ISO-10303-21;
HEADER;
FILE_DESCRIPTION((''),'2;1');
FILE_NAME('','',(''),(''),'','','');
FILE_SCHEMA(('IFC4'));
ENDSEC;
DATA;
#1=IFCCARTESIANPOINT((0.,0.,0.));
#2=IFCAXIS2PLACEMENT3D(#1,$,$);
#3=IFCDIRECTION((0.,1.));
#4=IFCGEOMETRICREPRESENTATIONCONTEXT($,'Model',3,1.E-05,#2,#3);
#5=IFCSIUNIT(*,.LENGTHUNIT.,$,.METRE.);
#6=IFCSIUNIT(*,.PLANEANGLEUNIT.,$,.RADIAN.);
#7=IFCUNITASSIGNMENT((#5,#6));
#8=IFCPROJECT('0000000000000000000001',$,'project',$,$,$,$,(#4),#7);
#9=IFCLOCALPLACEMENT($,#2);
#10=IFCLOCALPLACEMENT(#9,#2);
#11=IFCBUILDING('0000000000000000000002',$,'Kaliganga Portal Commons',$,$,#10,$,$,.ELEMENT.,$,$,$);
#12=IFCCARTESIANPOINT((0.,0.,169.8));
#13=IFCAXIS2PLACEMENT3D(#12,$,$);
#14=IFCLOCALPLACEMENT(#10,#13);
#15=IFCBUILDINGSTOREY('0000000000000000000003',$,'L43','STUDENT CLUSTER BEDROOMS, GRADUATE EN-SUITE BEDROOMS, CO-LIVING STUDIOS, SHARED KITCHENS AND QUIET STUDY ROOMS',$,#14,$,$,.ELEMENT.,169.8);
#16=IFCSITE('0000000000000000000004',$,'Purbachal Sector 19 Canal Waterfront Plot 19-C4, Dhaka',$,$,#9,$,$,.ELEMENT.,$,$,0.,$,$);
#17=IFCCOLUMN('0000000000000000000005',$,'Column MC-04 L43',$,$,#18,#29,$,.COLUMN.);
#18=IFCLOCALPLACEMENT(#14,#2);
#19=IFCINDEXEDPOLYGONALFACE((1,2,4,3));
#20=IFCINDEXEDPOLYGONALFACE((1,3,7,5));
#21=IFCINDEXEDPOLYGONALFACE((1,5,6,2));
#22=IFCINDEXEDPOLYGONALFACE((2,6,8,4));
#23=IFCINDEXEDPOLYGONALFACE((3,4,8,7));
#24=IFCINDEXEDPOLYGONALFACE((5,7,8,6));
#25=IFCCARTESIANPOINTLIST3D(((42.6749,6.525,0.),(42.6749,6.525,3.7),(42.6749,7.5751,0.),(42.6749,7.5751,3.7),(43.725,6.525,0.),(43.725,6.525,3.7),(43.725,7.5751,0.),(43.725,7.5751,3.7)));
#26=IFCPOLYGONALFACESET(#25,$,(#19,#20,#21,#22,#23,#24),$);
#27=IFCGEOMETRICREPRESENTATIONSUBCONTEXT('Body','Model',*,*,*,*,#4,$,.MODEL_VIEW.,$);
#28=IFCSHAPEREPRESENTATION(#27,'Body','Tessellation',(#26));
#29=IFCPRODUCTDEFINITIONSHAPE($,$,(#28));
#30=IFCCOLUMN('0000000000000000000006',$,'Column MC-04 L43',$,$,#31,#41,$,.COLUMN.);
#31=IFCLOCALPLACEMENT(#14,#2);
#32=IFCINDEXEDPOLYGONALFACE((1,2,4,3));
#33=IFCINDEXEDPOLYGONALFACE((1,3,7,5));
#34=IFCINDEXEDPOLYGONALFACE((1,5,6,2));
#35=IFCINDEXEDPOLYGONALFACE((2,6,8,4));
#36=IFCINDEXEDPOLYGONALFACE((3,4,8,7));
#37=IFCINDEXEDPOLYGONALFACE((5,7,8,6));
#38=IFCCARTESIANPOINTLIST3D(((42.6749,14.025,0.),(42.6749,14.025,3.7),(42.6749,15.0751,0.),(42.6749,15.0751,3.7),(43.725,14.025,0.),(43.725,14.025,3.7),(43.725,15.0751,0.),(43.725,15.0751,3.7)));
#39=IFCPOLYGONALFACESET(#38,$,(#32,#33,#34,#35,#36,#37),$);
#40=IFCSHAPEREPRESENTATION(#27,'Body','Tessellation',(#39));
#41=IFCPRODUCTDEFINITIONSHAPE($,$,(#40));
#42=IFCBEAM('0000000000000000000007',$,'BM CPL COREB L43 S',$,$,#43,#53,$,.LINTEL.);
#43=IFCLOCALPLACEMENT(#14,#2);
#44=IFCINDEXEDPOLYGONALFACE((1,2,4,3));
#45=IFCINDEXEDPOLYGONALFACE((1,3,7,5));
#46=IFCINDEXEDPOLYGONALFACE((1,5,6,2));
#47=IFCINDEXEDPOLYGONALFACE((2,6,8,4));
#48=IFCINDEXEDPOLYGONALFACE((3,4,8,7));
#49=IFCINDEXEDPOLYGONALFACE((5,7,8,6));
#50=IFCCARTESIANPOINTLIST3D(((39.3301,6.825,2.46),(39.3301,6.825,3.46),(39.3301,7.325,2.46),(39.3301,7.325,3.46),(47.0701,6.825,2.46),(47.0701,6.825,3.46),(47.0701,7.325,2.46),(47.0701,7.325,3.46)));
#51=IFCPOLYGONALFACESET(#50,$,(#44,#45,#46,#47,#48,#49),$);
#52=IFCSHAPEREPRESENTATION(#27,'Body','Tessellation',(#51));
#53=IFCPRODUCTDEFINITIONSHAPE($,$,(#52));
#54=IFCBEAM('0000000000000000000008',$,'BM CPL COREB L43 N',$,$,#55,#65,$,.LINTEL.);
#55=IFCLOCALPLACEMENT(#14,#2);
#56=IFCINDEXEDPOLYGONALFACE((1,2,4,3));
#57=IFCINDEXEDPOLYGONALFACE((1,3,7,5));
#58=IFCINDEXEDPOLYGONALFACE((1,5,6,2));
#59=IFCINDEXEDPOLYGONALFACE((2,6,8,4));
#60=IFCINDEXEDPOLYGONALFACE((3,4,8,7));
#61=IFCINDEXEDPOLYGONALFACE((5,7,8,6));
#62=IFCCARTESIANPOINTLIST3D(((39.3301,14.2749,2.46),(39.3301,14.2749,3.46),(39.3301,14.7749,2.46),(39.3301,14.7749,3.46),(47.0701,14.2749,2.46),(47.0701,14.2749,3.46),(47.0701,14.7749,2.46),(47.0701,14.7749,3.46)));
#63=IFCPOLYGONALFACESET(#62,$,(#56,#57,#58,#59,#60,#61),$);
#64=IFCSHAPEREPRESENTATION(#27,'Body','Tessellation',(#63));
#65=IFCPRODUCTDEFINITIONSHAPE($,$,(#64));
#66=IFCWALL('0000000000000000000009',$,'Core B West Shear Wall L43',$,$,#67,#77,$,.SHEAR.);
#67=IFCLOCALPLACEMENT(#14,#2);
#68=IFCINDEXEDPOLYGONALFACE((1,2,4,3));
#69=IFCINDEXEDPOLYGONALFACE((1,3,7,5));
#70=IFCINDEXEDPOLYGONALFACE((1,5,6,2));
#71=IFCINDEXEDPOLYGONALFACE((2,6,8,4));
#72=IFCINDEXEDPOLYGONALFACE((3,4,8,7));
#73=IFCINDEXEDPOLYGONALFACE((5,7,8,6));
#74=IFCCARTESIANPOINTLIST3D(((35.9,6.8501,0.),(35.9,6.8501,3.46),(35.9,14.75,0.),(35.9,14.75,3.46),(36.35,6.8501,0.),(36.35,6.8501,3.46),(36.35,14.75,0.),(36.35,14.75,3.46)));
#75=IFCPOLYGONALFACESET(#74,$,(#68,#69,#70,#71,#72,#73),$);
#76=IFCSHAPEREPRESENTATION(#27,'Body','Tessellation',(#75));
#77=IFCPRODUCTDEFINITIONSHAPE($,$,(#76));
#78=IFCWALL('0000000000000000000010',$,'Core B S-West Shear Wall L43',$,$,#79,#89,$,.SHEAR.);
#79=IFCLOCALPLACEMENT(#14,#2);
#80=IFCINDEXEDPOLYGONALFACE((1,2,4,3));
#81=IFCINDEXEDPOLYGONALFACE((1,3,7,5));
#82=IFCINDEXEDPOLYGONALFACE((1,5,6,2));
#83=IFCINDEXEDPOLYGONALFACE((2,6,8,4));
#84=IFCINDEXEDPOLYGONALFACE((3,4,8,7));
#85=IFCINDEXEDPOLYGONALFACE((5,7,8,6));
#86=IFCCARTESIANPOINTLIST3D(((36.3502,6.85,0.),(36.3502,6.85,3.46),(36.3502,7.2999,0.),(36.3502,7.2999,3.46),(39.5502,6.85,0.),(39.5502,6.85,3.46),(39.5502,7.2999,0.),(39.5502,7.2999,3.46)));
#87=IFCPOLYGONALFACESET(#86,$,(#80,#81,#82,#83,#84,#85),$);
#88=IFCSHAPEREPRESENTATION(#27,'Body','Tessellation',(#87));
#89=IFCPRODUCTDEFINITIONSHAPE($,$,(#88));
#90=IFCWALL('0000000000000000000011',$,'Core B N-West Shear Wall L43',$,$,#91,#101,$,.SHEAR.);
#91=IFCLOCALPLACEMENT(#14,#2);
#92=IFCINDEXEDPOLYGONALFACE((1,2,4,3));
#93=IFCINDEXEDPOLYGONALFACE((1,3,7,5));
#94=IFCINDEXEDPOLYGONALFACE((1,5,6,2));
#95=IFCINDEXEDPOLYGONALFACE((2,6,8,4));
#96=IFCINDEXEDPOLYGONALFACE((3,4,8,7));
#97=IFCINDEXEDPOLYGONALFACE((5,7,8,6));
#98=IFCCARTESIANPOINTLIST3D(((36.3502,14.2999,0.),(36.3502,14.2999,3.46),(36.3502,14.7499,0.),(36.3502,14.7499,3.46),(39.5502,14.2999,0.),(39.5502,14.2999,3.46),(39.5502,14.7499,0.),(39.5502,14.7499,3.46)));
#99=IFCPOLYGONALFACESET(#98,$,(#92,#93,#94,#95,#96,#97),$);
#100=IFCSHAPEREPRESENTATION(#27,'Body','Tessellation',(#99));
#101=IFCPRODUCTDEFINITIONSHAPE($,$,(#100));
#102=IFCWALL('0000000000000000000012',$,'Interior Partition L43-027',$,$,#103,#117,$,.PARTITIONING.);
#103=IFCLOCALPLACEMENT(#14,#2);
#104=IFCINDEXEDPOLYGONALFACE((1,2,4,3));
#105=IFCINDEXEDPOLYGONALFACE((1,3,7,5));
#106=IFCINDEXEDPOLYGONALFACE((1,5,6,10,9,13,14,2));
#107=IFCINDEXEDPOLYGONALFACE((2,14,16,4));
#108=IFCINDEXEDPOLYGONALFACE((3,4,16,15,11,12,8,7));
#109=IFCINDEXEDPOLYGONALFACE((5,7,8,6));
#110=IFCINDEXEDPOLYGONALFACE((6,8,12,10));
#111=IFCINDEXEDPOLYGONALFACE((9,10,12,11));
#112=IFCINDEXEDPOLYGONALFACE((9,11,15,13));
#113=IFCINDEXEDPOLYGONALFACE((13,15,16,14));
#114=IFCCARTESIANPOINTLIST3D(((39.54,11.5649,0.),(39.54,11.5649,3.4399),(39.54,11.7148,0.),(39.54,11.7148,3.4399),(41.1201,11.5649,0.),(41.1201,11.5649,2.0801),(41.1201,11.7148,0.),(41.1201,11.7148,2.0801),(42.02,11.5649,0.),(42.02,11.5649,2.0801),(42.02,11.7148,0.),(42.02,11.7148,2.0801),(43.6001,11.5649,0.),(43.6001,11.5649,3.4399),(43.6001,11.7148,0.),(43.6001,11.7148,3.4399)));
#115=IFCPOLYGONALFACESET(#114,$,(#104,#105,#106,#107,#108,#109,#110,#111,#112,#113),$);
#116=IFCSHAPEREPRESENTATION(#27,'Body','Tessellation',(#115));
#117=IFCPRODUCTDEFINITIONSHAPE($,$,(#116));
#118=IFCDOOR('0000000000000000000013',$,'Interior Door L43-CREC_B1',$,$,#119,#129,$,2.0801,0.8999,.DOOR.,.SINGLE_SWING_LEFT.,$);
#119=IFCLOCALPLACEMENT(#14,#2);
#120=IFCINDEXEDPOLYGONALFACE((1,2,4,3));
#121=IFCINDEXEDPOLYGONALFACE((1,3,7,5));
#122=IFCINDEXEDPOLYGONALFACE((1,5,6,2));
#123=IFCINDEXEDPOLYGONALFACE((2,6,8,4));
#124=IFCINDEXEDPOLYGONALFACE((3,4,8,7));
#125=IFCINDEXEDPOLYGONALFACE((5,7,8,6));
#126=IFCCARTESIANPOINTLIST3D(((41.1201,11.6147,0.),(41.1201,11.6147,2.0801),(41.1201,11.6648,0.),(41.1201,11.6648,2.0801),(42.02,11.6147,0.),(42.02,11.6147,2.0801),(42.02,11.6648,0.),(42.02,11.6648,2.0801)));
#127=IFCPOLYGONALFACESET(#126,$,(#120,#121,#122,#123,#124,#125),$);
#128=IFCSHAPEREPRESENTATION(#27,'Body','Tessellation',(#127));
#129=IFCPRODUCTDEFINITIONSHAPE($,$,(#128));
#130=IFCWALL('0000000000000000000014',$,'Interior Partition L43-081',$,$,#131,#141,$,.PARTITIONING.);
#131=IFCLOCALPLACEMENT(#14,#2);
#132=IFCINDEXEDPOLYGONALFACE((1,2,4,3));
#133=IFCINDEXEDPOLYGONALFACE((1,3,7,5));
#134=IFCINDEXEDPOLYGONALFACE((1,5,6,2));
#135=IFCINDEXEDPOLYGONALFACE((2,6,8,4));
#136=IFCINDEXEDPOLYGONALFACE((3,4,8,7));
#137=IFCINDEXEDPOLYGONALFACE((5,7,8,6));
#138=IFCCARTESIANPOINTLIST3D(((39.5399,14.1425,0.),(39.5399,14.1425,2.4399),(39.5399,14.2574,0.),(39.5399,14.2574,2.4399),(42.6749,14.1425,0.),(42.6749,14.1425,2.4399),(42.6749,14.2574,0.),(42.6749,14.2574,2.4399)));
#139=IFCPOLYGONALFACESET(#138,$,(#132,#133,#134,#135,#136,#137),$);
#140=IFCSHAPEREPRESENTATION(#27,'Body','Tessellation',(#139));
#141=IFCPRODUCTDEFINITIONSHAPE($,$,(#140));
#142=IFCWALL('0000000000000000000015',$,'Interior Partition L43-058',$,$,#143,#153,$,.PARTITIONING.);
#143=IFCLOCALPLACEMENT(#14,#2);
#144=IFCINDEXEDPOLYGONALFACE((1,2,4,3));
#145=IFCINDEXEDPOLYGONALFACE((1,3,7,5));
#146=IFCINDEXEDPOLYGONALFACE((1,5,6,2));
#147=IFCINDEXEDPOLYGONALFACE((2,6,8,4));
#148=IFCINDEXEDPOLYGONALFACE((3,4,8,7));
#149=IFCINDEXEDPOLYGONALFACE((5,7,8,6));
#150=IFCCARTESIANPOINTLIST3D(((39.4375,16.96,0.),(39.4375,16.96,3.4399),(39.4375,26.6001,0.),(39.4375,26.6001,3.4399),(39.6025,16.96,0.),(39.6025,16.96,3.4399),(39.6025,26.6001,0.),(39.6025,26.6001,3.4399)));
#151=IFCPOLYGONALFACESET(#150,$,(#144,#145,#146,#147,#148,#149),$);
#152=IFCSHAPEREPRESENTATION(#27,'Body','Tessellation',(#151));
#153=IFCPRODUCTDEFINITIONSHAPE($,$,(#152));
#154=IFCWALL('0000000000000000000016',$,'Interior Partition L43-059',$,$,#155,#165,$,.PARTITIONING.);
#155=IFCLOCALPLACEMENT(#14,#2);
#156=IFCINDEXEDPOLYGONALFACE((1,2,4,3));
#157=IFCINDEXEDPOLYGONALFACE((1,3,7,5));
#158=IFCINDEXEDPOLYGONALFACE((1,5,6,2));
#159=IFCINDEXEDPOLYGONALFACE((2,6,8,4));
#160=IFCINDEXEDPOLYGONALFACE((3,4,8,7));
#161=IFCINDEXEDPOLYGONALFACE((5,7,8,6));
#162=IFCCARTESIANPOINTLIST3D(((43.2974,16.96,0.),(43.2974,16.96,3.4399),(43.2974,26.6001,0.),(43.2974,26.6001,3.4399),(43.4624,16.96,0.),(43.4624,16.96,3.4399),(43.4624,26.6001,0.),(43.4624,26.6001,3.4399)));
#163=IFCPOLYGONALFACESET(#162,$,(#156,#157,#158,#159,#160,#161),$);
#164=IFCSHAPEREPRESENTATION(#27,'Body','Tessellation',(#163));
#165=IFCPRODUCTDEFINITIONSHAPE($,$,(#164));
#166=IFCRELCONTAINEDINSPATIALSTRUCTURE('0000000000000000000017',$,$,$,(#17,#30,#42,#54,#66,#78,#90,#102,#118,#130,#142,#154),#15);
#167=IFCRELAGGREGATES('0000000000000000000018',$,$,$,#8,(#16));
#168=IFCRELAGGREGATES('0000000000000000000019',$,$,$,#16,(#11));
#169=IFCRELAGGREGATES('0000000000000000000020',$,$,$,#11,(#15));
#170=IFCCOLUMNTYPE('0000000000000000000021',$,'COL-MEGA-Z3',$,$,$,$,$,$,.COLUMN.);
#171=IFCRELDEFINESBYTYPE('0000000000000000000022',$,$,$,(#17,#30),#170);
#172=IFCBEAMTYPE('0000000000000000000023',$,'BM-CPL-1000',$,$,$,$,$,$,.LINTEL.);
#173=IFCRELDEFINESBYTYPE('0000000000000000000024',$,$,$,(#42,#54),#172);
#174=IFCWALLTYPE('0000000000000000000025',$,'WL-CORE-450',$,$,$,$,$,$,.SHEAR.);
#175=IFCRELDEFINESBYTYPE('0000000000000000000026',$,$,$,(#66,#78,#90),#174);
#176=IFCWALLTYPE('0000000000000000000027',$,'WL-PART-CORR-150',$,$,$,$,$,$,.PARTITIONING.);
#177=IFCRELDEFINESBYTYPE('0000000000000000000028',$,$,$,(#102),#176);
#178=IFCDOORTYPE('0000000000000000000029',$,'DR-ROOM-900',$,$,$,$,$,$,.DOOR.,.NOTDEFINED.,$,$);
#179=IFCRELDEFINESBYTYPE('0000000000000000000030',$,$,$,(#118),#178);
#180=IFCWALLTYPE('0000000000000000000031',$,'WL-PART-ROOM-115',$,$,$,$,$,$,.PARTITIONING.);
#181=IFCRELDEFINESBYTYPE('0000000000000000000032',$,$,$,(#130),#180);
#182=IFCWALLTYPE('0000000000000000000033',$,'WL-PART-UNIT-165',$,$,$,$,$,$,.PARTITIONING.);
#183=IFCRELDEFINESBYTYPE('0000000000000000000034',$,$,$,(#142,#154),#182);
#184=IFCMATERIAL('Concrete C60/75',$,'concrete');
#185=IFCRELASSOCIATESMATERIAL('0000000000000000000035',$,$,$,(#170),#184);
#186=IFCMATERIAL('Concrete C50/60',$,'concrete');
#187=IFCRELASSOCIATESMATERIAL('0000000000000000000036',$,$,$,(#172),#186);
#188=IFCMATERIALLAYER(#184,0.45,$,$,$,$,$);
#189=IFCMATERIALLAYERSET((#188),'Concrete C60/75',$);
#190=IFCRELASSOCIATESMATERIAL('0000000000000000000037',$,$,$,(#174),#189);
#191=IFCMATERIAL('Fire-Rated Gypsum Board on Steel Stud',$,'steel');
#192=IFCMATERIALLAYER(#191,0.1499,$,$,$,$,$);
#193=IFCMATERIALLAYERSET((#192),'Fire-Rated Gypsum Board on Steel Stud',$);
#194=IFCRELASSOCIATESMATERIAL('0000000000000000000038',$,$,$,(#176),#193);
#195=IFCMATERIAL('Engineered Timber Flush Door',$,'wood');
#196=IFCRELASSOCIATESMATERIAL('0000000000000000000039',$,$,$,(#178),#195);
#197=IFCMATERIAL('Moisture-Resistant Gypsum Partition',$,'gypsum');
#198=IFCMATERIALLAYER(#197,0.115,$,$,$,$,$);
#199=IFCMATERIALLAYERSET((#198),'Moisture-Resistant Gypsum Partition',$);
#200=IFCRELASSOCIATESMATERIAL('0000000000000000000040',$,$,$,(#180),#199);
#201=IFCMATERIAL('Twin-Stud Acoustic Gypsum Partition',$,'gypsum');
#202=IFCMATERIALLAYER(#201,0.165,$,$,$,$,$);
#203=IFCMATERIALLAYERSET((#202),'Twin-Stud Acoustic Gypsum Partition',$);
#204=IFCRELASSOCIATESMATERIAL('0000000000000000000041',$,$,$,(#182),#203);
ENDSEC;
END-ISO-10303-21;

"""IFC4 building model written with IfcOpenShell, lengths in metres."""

from ifc_helpers import new_model, si_unit, direction, frame, frame_2d, origin, origin_2d, place, context, subcontext, project, spatial, rectangle, extrude, source, transform, mapped, material, layer, layer_set, material_profile, profile_set, type_object, element, fill, save


model = new_model("IFC4")

# Units and contexts
model_context = context("Model", 3, precision=1e-05, world=origin(), true_north=direction((0.0, 1.0)))
body_context = subcontext(model_context, "Body", "Model", "MODEL_VIEW")
ifc_project = project(units=[si_unit("LENGTHUNIT", "METRE"), si_unit("PLANEANGLEUNIT", "RADIAN")], contexts=[model_context])

# Site, building, storey
site_placement = place(None, origin())
site = spatial("IfcSite", under=ifc_project, at=site_placement, Name="Purbachal Sector 19 Canal Waterfront Plot 19-C4, Dhaka", CompositionType="ELEMENT", RefElevation=0.0)
building_placement = place(site_placement, origin())
building = spatial("IfcBuilding", under=site, at=building_placement, Name="Kaliganga Portal Commons", CompositionType="ELEMENT")
storey_placement = place(building_placement, frame((0.0, 0.0, 169.8)))
storey = spatial("IfcBuildingStorey", under=building, at=storey_placement, Name="L43", Description="STUDENT CLUSTER BEDROOMS, GRADUATE EN-SUITE BEDROOMS, CO-LIVING STUDIOS, SHARED KITCHENS AND QUIET STUDY ROOMS", CompositionType="ELEMENT", Elevation=169.8)

# Columns
ifc_material_1 = material(Name="Concrete C60/75", Category="concrete")
ifc_material_profile_1 = material_profile(ifc_material_1, rectangle(XDim=1.05, YDim=1.05, at=origin_2d()), Name="RC 1050x1050")
ifc_profile_set_1 = profile_set([ifc_material_profile_1], Name="Concrete C60/75")
column_type = type_object("IfcColumnType", Name="COL-MEGA-Z3", PredefinedType="COLUMN", material=ifc_profile_set_1)
shared_shape_1 = source(origin(), body_context, "Body", "SweptSolid", [
    extrude(rectangle(XDim=1.05, YDim=1.05, at=origin_2d()), origin(), (0.0, 0.0, 1.0), 3.7),
])
for number, where, z_axis, x_axis, name in (
    (1, (43.2, 7.05, 0.0), (0.0, 0.0, 1.0), (1.0, 0.0, 0.0), "Column MC-04 L43"),
    (2, (43.2, 14.55, 0.0), (0.0, 0.0, 1.0), (1.0, 0.0, 0.0), "Column MC-04 L43"),
):
    element("IfcColumn", number, at=place(storey_placement, frame(where, z_axis=z_axis, x_axis=x_axis)), inside=storey, type_object=column_type, Name=name, PredefinedType="COLUMN", context=body_context, shape_type="MappedRepresentation", body=[
        mapped(shared_shape_1, transform((0.0, 0.0, 0.0), x_axis=(1.0, 0.0, 0.0), y_axis=(0.0, 1.0, 0.0), z_axis=(0.0, 0.0, 1.0), scale=1.0)),
    ])

# Beams
ifc_material_2 = material(Name="Concrete C50/60", Category="concrete")
ifc_material_profile_2 = material_profile(ifc_material_2, rectangle(XDim=0.5, YDim=1.0, at=origin_2d()), Name="RC 500x1000")
ifc_profile_set_2 = profile_set([ifc_material_profile_2], Name="Concrete C50/60")
beam_type = type_object("IfcBeamType", Name="BM-CPL-1000", PredefinedType="LINTEL", material=ifc_profile_set_2)
shared_shape_2 = source(origin(), body_context, "Body", "SweptSolid", [
    extrude(rectangle(XDim=0.5, YDim=1.0, at=origin_2d()), origin(), (0.0, 0.0, 1.0), 7.74),
])
for number, where, z_axis, x_axis, name in (
    (3, (39.3301, 7.075, 2.96), (1.0, 0.0, 0.0), (0.0, 1.0, 0.0), "BM CPL COREB L43 S"),
    (4, (39.3301, 14.5249, 2.96), (1.0, 0.0, 0.0), (0.0, 1.0, 0.0), "BM CPL COREB L43 N"),
):
    element("IfcBeam", number, at=place(storey_placement, frame(where, z_axis=z_axis, x_axis=x_axis)), inside=storey, type_object=beam_type, Name=name, PredefinedType="LINTEL", context=body_context, shape_type="MappedRepresentation", body=[
        mapped(shared_shape_2, transform((0.0, 0.0, 0.0), x_axis=(1.0, 0.0, 0.0), y_axis=(0.0, 1.0, 0.0), z_axis=(0.0, 0.0, 1.0), scale=1.0)),
    ])

# Walls
ifc_layer_1 = layer(ifc_material_1, 0.45)
ifc_layer_set_1 = layer_set([ifc_layer_1], Name="Concrete C60/75")
wall_type_1 = type_object("IfcWallType", Name="WL-CORE-450", PredefinedType="SHEAR", material=ifc_layer_set_1)
wall_1_placement = place(storey_placement, frame((36.125, 6.8501, 0.0), z_axis=(0.0, 0.0, 1.0), x_axis=(0.0, 1.0, 0.0)))
element("IfcWall", 5, at=wall_1_placement, inside=storey, type_object=wall_type_1, Name="Core B West Shear Wall L43", PredefinedType="SHEAR", context=body_context, shape_type="SweptSolid", body=[
    extrude(rectangle(XDim=7.8999, YDim=0.45, at=frame_2d((3.95, 0.0))), origin(), (0.0, 0.0, 1.0), 3.46),
])
for number, where, z_axis, x_axis, name in (
    (6, (36.3501, 7.075, 0.0), (0.0, 0.0, 1.0), (1.0, 0.0, 0.0), "Core B S-West Shear Wall L43"),
    (7, (36.3501, 14.5249, 0.0), (0.0, 0.0, 1.0), (1.0, 0.0, 0.0), "Core B N-West Shear Wall L43"),
):
    element("IfcWall", number, at=place(storey_placement, frame(where, z_axis=z_axis, x_axis=x_axis)), inside=storey, type_object=wall_type_1, Name=name, PredefinedType="SHEAR", context=body_context, shape_type="SweptSolid", body=[
        extrude(rectangle(XDim=3.2, YDim=0.45, at=frame_2d((1.6001, 0.0))), origin(), (0.0, 0.0, 1.0), 3.46),
    ])

# Wall, opening, door
ifc_material_3 = material(Name="Fire-Rated Gypsum Board on Steel Stud", Category="steel")
ifc_layer_2 = layer(ifc_material_3, 0.1499)
ifc_layer_set_2 = layer_set([ifc_layer_2], Name="Fire-Rated Gypsum Board on Steel Stud")
wall_type_2 = type_object("IfcWallType", Name="WL-PART-CORR-150", PredefinedType="PARTITIONING", material=ifc_layer_set_2)
wall_2_placement = place(storey_placement, frame((39.54, 11.6399, 0.0), z_axis=(0.0, 0.0, 1.0), x_axis=(1.0, 0.0, 0.0)))
wall_2 = element("IfcWall", 8, at=wall_2_placement, inside=storey, type_object=wall_type_2, Name="Interior Partition L43-027", PredefinedType="PARTITIONING", context=body_context, shape_type="SweptSolid", body=[
    extrude(rectangle(XDim=4.0601, YDim=0.1499, at=frame_2d((2.03, 0.0))), origin(), (0.0, 0.0, 1.0), 3.4399),
])
opening_1_placement = place(wall_2_placement, frame((1.5801, 0.0, 0.0)))
opening_1 = element("IfcOpeningElement", 9, at=opening_1_placement, cuts=wall_2, PredefinedType="OPENING", context=body_context, shape_type="SweptSolid", body=[
    extrude(rectangle(XDim=0.8999, YDim=2.0801, at=frame_2d((0.45, 1.04))), frame((0.0, 0.085, 0.0), z_axis=(0.0, -1.0, 0.0), x_axis=(1.0, 0.0, 0.0)), (0.0, 0.0, 1.0), 0.1699),
])
ifc_material_4 = material(Name="Engineered Timber Flush Door", Category="wood")
door_type_1 = type_object("IfcDoorType", Name="DR-ROOM-900", OperationType="NOTDEFINED", PredefinedType="DOOR", material=ifc_material_4)
door_1_placement = place(opening_1_placement, origin())
door_1 = element("IfcDoor", 10, at=door_1_placement, inside=storey, type_object=door_type_1, Name="Interior Door L43-CREC_B1", OperationType="SINGLE_SWING_LEFT", OverallHeight=2.0801, OverallWidth=0.8999, PredefinedType="DOOR", context=body_context, shape_type="SweptSolid", body=[
    extrude(rectangle(XDim=0.8999, YDim=2.0801, at=frame_2d((0.45, 1.04))), frame((0.0, 0.0249, 0.0), z_axis=(0.0, -1.0, 0.0), x_axis=(1.0, 0.0, 0.0)), (0.0, 0.0, 1.0), 0.05),
])
fill(opening_1, door_1)

# Walls
ifc_material_5 = material(Name="Moisture-Resistant Gypsum Partition", Category="gypsum")
ifc_layer_3 = layer(ifc_material_5, 0.115)
ifc_layer_set_3 = layer_set([ifc_layer_3], Name="Moisture-Resistant Gypsum Partition")
wall_type_3 = type_object("IfcWallType", Name="WL-PART-ROOM-115", PredefinedType="PARTITIONING", material=ifc_layer_set_3)
wall_3_placement = place(storey_placement, frame((39.54, 14.2, 0.0), z_axis=(0.0, 0.0, 1.0), x_axis=(1.0, 0.0, 0.0)))
element("IfcWall", 11, at=wall_3_placement, inside=storey, type_object=wall_type_3, Name="Interior Partition L43-081", PredefinedType="PARTITIONING", context=body_context, shape_type="SweptSolid", body=[
    extrude(rectangle(XDim=3.135, YDim=0.115, at=frame_2d((1.5674, 0.0))), origin(), (0.0, 0.0, 1.0), 2.4399),
])
ifc_material_6 = material(Name="Twin-Stud Acoustic Gypsum Partition", Category="gypsum")
ifc_layer_4 = layer(ifc_material_6, 0.165)
ifc_layer_set_4 = layer_set([ifc_layer_4], Name="Twin-Stud Acoustic Gypsum Partition")
wall_type_4 = type_object("IfcWallType", Name="WL-PART-UNIT-165", PredefinedType="PARTITIONING", material=ifc_layer_set_4)
for number, where, z_axis, x_axis, name in (
    (12, (39.52, 16.96, 0.0), (0.0, 0.0, 1.0), (0.0, 1.0, 0.0), "Interior Partition L43-058"),
    (13, (43.3799, 16.96, 0.0), (0.0, 0.0, 1.0), (0.0, 1.0, 0.0), "Interior Partition L43-059"),
):
    element("IfcWall", number, at=place(storey_placement, frame(where, z_axis=z_axis, x_axis=x_axis)), inside=storey, type_object=wall_type_4, Name=name, PredefinedType="PARTITIONING", context=body_context, shape_type="SweptSolid", body=[
        extrude(rectangle(XDim=9.6401, YDim=0.165, at=frame_2d((4.8201, 0.0))), origin(), (0.0, 0.0, 1.0), 3.4399),
    ])

save(model, "model.ifc")
